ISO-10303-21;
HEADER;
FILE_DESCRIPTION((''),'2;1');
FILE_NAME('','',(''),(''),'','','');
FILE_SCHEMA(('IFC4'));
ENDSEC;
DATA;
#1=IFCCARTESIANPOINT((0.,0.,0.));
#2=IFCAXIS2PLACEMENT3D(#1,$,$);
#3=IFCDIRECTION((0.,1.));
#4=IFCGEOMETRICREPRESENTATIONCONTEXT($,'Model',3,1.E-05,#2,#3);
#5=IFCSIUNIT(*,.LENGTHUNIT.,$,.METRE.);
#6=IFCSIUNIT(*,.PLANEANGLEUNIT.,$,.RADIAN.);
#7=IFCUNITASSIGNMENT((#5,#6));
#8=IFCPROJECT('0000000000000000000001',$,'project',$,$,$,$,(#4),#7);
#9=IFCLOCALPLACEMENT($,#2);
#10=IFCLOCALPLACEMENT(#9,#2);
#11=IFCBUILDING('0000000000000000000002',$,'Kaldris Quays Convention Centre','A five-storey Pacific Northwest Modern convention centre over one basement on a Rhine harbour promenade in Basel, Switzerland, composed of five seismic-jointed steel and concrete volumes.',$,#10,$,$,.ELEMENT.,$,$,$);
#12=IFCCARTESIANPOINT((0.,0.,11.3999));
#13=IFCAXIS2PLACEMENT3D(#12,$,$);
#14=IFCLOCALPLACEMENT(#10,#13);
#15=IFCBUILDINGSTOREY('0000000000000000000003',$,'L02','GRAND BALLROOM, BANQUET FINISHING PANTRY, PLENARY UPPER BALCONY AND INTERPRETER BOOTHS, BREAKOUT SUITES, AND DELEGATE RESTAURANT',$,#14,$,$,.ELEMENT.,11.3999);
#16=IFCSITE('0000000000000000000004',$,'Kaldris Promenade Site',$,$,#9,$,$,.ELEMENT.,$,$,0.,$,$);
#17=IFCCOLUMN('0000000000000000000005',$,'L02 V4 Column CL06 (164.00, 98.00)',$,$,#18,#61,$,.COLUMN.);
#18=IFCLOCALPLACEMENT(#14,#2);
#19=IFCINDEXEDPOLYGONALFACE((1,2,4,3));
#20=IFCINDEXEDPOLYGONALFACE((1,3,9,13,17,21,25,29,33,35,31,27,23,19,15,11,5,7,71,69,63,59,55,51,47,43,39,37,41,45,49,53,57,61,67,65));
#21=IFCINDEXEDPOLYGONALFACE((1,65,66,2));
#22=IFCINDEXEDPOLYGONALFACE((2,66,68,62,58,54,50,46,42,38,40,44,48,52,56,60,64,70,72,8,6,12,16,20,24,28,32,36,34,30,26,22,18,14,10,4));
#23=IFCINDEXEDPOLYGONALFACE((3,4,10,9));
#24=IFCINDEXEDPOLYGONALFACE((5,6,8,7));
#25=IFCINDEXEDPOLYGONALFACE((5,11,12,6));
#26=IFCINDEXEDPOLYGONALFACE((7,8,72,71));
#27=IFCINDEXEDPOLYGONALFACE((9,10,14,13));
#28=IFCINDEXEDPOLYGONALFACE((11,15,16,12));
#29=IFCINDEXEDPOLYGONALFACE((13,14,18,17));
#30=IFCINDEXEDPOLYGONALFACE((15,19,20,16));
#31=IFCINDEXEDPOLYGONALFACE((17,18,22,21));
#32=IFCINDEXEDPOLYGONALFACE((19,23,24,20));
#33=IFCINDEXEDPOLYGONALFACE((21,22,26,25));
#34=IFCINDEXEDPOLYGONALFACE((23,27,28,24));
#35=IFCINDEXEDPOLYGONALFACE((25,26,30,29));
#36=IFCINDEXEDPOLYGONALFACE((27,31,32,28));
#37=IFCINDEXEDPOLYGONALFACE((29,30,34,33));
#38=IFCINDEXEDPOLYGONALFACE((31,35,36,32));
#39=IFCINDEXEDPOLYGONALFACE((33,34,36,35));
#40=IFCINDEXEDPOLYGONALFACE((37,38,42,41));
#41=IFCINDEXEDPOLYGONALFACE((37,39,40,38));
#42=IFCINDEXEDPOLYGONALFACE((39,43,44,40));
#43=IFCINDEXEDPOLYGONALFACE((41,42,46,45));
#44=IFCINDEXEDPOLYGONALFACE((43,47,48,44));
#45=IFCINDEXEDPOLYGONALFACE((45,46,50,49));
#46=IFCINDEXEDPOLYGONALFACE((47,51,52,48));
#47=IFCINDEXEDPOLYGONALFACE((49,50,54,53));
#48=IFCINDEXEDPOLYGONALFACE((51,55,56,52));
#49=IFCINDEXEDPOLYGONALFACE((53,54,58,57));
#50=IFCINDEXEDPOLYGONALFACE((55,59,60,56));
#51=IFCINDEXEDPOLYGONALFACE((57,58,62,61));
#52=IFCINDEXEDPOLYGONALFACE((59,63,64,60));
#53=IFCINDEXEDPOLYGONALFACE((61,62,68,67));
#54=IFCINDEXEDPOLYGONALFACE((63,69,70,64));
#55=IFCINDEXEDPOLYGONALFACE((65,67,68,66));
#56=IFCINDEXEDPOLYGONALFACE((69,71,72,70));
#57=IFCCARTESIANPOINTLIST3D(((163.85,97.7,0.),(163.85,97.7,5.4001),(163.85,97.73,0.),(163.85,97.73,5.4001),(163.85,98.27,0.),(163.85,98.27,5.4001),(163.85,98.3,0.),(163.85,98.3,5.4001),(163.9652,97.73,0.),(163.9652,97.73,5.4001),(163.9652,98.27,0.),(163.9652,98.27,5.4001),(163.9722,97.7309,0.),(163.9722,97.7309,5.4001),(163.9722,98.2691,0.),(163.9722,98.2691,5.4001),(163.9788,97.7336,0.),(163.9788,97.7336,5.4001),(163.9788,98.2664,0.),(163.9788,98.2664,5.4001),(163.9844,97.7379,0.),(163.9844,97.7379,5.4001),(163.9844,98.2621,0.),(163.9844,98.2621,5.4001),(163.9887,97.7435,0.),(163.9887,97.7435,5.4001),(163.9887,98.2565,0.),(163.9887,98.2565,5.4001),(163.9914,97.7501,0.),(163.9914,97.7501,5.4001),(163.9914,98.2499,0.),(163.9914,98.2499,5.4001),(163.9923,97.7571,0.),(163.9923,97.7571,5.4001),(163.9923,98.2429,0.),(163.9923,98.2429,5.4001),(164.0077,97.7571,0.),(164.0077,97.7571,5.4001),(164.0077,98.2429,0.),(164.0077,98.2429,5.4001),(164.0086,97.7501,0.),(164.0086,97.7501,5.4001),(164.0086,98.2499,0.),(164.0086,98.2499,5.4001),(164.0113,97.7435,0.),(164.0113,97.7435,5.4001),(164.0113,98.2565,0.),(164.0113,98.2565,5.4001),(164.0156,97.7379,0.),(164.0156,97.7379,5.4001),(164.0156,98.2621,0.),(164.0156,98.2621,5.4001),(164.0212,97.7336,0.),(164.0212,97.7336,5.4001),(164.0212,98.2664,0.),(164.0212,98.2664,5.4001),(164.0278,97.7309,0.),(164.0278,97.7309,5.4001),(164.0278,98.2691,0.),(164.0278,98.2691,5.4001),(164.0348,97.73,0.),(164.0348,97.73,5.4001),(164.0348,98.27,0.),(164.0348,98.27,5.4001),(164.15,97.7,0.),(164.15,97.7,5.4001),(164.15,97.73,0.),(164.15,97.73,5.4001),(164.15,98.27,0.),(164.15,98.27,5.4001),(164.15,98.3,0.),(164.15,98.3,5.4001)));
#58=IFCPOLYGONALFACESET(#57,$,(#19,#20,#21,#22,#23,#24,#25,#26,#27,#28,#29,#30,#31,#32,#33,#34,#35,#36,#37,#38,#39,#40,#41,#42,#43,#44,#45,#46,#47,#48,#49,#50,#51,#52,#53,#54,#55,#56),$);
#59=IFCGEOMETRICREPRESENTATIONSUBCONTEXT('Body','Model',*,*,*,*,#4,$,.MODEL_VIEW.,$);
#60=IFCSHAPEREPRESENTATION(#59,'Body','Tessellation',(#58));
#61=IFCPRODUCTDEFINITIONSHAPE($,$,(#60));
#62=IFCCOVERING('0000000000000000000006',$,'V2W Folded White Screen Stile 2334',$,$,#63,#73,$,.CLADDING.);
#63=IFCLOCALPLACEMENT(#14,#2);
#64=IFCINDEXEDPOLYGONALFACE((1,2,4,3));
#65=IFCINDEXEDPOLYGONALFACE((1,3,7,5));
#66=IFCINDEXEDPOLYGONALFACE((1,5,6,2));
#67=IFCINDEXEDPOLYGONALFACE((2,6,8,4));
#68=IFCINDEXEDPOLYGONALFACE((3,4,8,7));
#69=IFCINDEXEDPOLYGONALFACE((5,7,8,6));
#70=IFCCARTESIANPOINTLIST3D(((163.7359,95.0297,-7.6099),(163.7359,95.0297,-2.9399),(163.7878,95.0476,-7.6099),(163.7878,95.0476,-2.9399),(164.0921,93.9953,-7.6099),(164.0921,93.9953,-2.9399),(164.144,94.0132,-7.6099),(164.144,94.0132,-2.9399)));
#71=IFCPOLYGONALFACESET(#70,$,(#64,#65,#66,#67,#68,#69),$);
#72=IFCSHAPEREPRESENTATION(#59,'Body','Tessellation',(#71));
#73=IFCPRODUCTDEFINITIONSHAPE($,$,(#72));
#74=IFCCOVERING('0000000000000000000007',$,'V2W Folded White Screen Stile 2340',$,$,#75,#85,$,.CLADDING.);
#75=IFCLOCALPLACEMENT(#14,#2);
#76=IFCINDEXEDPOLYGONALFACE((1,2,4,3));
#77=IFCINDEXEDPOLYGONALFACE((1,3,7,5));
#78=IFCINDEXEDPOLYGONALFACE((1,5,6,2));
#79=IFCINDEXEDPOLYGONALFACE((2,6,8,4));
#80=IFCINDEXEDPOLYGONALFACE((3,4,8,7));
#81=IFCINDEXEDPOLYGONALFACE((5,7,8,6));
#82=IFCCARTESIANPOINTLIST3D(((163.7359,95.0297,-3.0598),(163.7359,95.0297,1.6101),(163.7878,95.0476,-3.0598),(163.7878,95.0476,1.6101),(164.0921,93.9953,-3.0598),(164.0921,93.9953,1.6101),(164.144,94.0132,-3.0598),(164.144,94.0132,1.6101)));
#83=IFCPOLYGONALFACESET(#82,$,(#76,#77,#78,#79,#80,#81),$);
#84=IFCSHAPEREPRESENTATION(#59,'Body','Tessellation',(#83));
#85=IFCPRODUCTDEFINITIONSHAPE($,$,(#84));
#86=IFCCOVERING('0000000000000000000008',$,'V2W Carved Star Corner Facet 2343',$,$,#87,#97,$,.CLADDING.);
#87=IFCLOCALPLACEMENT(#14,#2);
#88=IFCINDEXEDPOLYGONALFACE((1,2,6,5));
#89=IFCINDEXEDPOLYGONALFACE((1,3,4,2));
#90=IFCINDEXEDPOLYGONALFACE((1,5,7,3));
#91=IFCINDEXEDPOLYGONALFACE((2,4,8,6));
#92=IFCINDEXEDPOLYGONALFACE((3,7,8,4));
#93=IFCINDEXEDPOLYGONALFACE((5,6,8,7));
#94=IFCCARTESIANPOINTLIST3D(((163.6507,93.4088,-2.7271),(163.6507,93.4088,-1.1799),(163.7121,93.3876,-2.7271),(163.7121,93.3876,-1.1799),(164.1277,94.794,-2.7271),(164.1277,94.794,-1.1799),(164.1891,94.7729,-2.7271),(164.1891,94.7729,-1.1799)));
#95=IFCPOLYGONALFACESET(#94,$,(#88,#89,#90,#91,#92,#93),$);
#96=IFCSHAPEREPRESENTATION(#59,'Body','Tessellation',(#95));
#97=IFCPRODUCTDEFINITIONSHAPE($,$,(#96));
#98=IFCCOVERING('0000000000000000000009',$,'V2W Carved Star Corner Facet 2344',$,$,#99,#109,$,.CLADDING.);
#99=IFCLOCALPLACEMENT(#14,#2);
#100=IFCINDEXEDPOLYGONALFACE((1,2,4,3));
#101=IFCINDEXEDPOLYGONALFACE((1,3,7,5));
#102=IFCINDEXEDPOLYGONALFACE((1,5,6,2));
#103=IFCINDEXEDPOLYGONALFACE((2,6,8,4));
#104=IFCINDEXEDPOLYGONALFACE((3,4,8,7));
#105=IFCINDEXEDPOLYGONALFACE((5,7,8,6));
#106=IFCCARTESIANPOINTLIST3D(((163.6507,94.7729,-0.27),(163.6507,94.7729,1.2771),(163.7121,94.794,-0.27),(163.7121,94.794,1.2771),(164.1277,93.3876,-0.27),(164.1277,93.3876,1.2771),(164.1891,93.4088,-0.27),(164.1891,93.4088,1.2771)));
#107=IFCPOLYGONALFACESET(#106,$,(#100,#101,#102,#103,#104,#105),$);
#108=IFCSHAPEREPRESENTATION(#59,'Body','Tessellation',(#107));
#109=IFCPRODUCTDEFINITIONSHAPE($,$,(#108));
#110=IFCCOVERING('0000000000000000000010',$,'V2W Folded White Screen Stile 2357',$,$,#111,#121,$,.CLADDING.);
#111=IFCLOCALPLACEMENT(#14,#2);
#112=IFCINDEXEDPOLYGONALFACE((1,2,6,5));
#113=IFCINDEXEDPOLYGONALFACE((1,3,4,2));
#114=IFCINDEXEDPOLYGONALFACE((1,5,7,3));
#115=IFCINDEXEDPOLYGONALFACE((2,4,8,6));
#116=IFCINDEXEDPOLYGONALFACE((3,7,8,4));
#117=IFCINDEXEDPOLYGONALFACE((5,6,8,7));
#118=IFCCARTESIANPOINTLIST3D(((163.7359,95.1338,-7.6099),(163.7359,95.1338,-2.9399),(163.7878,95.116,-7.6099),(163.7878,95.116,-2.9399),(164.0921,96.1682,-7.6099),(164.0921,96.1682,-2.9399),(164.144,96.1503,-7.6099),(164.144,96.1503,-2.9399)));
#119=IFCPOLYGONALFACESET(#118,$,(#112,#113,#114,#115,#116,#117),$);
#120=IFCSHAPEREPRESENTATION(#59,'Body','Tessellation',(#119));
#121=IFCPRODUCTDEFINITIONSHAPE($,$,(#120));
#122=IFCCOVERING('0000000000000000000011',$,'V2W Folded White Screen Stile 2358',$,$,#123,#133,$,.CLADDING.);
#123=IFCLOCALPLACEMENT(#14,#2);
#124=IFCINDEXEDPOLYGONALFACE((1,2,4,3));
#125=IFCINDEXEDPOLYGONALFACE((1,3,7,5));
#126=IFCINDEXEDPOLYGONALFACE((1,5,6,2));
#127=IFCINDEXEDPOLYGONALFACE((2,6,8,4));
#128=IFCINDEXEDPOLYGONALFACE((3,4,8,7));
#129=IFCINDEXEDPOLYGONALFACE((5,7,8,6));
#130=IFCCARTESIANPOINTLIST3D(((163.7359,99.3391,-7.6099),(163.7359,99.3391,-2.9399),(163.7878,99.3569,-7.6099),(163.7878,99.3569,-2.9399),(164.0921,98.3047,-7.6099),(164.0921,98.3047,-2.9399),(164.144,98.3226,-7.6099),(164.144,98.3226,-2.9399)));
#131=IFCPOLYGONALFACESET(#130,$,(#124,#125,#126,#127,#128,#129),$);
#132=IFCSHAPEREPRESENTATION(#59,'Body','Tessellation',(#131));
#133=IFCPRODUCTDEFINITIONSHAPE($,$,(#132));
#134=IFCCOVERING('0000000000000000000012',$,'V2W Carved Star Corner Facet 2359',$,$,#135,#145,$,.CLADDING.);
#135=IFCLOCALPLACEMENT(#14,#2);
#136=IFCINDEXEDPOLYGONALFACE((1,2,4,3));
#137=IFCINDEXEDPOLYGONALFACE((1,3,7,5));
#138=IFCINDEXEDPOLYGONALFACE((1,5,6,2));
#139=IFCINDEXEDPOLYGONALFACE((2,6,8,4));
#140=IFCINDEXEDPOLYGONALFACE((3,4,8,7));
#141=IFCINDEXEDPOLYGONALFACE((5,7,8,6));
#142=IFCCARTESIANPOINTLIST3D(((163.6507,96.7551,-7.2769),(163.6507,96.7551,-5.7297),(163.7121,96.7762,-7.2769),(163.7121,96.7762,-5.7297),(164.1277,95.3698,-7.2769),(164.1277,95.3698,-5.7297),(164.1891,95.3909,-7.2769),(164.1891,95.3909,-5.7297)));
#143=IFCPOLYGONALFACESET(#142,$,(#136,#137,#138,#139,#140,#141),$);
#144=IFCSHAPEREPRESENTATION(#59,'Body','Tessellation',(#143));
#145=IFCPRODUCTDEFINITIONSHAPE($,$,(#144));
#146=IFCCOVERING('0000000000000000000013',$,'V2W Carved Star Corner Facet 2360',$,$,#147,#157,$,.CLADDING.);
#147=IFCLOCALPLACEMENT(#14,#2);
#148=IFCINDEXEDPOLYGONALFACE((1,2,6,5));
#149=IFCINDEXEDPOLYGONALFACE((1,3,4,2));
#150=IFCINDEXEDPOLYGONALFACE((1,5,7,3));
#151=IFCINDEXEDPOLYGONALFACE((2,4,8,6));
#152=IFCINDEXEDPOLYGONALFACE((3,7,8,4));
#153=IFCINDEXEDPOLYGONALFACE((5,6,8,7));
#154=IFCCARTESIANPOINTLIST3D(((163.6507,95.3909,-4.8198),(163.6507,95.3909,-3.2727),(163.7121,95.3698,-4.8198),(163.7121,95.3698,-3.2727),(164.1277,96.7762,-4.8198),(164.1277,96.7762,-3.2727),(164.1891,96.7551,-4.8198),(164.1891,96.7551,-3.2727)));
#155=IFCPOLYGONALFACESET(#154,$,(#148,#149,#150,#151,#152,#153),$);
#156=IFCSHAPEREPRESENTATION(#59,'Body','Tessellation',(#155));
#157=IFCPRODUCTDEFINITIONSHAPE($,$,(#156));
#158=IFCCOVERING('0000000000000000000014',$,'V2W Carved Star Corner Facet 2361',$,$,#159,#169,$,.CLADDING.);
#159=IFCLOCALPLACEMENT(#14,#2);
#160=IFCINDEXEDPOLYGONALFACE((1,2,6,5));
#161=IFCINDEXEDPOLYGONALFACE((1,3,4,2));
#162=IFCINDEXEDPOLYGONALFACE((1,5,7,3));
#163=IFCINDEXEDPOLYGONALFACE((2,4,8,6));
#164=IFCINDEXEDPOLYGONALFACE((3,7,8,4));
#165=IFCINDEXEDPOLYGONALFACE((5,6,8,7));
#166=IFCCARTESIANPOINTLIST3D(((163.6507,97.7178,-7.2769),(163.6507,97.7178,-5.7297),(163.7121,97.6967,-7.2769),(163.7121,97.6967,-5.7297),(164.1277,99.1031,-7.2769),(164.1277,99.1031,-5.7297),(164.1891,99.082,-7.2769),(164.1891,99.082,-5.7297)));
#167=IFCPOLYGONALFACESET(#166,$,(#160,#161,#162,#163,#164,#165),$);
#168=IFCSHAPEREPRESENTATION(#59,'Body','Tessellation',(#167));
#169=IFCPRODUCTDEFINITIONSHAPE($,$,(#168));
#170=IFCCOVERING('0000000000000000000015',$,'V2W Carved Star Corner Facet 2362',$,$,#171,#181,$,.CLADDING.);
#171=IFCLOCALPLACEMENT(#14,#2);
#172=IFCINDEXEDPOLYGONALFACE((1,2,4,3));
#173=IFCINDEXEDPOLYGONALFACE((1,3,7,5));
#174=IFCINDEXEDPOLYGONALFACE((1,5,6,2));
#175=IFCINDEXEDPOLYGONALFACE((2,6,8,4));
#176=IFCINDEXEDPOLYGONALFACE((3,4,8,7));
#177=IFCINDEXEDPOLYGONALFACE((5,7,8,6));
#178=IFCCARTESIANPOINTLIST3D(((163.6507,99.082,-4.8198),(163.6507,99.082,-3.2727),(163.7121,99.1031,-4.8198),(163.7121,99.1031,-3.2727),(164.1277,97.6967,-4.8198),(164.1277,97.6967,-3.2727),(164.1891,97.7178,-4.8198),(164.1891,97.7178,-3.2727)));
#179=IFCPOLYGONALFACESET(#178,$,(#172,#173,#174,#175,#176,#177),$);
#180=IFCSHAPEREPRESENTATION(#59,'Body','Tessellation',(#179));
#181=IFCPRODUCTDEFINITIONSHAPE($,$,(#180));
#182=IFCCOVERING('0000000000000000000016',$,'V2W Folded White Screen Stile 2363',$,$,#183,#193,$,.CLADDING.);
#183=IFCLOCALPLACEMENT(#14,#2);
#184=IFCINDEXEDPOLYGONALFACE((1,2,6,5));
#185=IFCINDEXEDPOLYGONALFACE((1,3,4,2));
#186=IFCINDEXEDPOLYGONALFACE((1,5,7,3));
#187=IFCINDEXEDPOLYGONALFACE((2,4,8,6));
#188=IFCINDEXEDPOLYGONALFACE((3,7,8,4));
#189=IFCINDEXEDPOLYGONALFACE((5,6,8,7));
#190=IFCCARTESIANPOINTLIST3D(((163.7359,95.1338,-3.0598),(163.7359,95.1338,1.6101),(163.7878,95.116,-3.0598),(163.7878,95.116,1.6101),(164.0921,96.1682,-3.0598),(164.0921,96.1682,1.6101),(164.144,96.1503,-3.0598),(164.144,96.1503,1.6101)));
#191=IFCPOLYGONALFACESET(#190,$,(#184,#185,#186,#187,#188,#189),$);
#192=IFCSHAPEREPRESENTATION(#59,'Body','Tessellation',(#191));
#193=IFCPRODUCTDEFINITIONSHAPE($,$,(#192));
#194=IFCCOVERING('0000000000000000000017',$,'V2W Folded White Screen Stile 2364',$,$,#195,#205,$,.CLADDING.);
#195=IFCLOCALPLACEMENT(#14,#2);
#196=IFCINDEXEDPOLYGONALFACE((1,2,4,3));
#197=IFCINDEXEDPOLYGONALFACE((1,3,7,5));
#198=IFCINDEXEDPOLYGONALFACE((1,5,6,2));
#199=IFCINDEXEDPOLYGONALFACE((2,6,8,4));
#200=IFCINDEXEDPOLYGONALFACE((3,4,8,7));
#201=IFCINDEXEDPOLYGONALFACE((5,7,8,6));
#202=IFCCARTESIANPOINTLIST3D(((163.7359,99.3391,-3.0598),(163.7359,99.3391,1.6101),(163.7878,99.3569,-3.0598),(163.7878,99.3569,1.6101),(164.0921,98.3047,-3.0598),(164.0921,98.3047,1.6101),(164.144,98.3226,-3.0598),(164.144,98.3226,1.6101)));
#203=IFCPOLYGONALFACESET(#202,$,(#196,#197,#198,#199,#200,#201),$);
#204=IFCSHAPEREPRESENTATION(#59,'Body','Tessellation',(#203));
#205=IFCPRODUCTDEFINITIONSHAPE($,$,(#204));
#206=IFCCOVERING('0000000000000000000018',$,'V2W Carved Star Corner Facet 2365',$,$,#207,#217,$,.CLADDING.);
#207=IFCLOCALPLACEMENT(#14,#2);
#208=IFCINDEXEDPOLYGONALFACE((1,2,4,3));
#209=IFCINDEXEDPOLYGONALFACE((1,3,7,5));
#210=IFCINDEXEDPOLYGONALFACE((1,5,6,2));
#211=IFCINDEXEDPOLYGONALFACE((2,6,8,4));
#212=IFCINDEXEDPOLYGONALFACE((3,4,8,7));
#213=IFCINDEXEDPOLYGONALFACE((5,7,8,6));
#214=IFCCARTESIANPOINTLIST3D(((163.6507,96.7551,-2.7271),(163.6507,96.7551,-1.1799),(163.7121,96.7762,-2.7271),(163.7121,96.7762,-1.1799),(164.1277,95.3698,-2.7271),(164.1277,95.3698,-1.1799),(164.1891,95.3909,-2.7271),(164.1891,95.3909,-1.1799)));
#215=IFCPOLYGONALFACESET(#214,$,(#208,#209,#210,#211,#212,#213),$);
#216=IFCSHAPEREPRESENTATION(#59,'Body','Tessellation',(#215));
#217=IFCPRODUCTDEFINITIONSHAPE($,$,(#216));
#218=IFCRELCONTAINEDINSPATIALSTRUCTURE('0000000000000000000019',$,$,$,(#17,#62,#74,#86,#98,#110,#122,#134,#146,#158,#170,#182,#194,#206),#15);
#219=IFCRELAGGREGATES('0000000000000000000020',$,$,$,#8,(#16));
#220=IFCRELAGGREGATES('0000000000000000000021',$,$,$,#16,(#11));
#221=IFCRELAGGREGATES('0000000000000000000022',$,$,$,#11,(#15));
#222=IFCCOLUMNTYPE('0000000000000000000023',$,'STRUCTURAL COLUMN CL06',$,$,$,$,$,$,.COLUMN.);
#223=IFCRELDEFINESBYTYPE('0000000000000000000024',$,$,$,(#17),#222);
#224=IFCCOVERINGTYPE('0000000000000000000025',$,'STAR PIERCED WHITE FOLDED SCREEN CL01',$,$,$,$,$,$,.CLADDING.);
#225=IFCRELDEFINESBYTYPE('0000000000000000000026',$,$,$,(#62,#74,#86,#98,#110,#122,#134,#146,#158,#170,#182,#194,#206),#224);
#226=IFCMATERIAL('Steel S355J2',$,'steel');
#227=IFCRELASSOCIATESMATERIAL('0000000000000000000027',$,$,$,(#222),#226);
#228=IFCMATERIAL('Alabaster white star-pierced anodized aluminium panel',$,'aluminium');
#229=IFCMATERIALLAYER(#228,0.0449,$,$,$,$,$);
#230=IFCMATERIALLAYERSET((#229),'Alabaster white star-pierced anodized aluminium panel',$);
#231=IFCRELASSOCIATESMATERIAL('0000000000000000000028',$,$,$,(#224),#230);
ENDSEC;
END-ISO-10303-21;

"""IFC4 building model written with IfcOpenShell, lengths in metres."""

from ifc_helpers import new_model, si_unit, direction, frame, origin, origin_2d, place, context, subcontext, project, spatial, rectangle, i_section, extrude, material, layer, layer_set, material_profile, profile_set, type_object, element, save


model = new_model("IFC4")

# Units and contexts
model_context = context("Model", 3, precision=1e-05, world=origin(), true_north=direction((0.0, 1.0)))
body_context = subcontext(model_context, "Body", "Model", "MODEL_VIEW")
ifc_project = project(units=[si_unit("LENGTHUNIT", "METRE"), si_unit("PLANEANGLEUNIT", "RADIAN")], contexts=[model_context])

# Site, building, storey
site_placement = place(None, origin())
site = spatial("IfcSite", under=ifc_project, at=site_placement, Name="Kaldris Promenade Site", CompositionType="ELEMENT", RefElevation=0.0)
building_placement = place(site_placement, origin())
building = spatial("IfcBuilding", under=site, at=building_placement, Name="Kaldris Quays Convention Centre", Description="A five-storey Pacific Northwest Modern convention centre over one basement on a Rhine harbour promenade in Basel, Switzerland, composed of five seismic-jointed steel and concrete volumes.", CompositionType="ELEMENT")
storey_placement = place(building_placement, frame((0.0, 0.0, 11.3999)))
storey = spatial("IfcBuildingStorey", under=building, at=storey_placement, Name="L02", Description="GRAND BALLROOM, BANQUET FINISHING PANTRY, PLENARY UPPER BALCONY AND INTERPRETER BOOTHS, BREAKOUT SUITES, AND DELEGATE RESTAURANT", CompositionType="ELEMENT", Elevation=11.3999)

# Column
ifc_material_1 = material(Name="Steel S355J2", Category="steel")
ifc_material_profile = material_profile(ifc_material_1, i_section(OverallWidth=0.3, OverallDepth=0.6001, WebThickness=0.0154, FlangeThickness=0.03, FilletRadius=0.0271, at=origin_2d()), Name="HEB 600")
ifc_profile_set = profile_set([ifc_material_profile], Name="Steel S355J2")
column_type = type_object("IfcColumnType", Name="STRUCTURAL COLUMN CL06", PredefinedType="COLUMN", material=ifc_profile_set)
column_placement = place(storey_placement, frame((164.0, 98.0, 0.0), z_axis=(0.0, 0.0, 1.0), x_axis=(1.0, 0.0, 0.0)))
element("IfcColumn", 1, at=column_placement, inside=storey, type_object=column_type, Name="L02 V4 Column CL06 (164.00, 98.00)", PredefinedType="COLUMN", context=body_context, shape_type="SweptSolid", body=[
    extrude(i_section(OverallWidth=0.3, OverallDepth=0.6001, WebThickness=0.0154, FlangeThickness=0.03, FilletRadius=0.0271, at=origin_2d()), origin(), (0.0, 0.0, 1.0), 5.4001),
])

# Coverings
ifc_material_2 = material(Name="Alabaster white star-pierced anodized aluminium panel", Category="aluminium")
ifc_layer = layer(ifc_material_2, 0.0449)
ifc_layer_set = layer_set([ifc_layer], Name="Alabaster white star-pierced anodized aluminium panel")
covering_type = type_object("IfcCoveringType", Name="STAR PIERCED WHITE FOLDED SCREEN CL01", PredefinedType="CLADDING", material=ifc_layer_set)
for number, where, z_axis, x_axis, name in (
    (2, (163.9399, 94.5215, -7.6099), (0.0, 0.0, 1.0), (-0.325568, 0.945519, 0.0), "V2W Folded White Screen Stile 2334"),
    (3, (163.9399, 94.5215, -3.0598), (0.0, 0.0, 1.0), (-0.325568, 0.945519, 0.0), "V2W Folded White Screen Stile 2340"),
):
    element("IfcCovering", number, at=place(storey_placement, frame(where, z_axis=z_axis, x_axis=x_axis)), inside=storey, type_object=covering_type, Name=name, PredefinedType="CLADDING", context=body_context, shape_type="SweptSolid", body=[
        extrude(rectangle(XDim=1.094, YDim=0.0549, at=origin_2d()), origin(), (0.0, 0.0, 1.0), 4.6699),
    ])
for number, where, z_axis, x_axis, name in (
    (4, (163.9199, 94.0908, -2.7271), (0.0, 0.0, 1.0), (0.325568, 0.945519, 0.0), "V2W Carved Star Corner Facet 2343"),
    (5, (163.9199, 94.0908, -0.27), (0.0, 0.0, 1.0), (-0.325568, 0.945519, 0.0), "V2W Carved Star Corner Facet 2344"),
):
    element("IfcCovering", number, at=place(storey_placement, frame(where, z_axis=z_axis, x_axis=x_axis)), inside=storey, type_object=covering_type, Name=name, PredefinedType="CLADDING", context=body_context, shape_type="SweptSolid", body=[
        extrude(rectangle(XDim=1.4651, YDim=0.0649, at=origin_2d()), origin(), (0.0, 0.0, 1.0), 1.5471),
    ])
for number, where, z_axis, x_axis, name in (
    (6, (163.9399, 95.6421, -7.6099), (0.0, 0.0, 1.0), (0.325568, 0.945519, 0.0), "V2W Folded White Screen Stile 2357"),
    (7, (163.9399, 98.8308, -7.6099), (0.0, 0.0, 1.0), (-0.325568, 0.945519, 0.0), "V2W Folded White Screen Stile 2358"),
):
    element("IfcCovering", number, at=place(storey_placement, frame(where, z_axis=z_axis, x_axis=x_axis)), inside=storey, type_object=covering_type, Name=name, PredefinedType="CLADDING", context=body_context, shape_type="SweptSolid", body=[
        extrude(rectangle(XDim=1.094, YDim=0.0549, at=origin_2d()), origin(), (0.0, 0.0, 1.0), 4.6699),
    ])
for number, where, z_axis, x_axis, name in (
    (8, (163.9199, 96.073, -7.2769), (0.0, 0.0, 1.0), (-0.325568, 0.945519, 0.0), "V2W Carved Star Corner Facet 2359"),
    (9, (163.9199, 96.073, -4.8198), (0.0, 0.0, 1.0), (0.325568, 0.945519, 0.0), "V2W Carved Star Corner Facet 2360"),
    (10, (163.9199, 98.3999, -7.2769), (0.0, 0.0, 1.0), (0.325568, 0.945519, 0.0), "V2W Carved Star Corner Facet 2361"),
    (11, (163.9199, 98.3999, -4.8198), (0.0, 0.0, 1.0), (-0.325568, 0.945519, 0.0), "V2W Carved Star Corner Facet 2362"),
):
    element("IfcCovering", number, at=place(storey_placement, frame(where, z_axis=z_axis, x_axis=x_axis)), inside=storey, type_object=covering_type, Name=name, PredefinedType="CLADDING", context=body_context, shape_type="SweptSolid", body=[
        extrude(rectangle(XDim=1.4651, YDim=0.0649, at=origin_2d()), origin(), (0.0, 0.0, 1.0), 1.5471),
    ])
for number, where, z_axis, x_axis, name in (
    (12, (163.9399, 95.6421, -3.0598), (0.0, 0.0, 1.0), (0.325568, 0.945519, 0.0), "V2W Folded White Screen Stile 2363"),
    (13, (163.9399, 98.8308, -3.0598), (0.0, 0.0, 1.0), (-0.325568, 0.945519, 0.0), "V2W Folded White Screen Stile 2364"),
):
    element("IfcCovering", number, at=place(storey_placement, frame(where, z_axis=z_axis, x_axis=x_axis)), inside=storey, type_object=covering_type, Name=name, PredefinedType="CLADDING", context=body_context, shape_type="SweptSolid", body=[
        extrude(rectangle(XDim=1.094, YDim=0.0549, at=origin_2d()), origin(), (0.0, 0.0, 1.0), 4.6699),
    ])
for number, where, z_axis, x_axis, name in (
    (14, (163.9199, 96.073, -2.7271), (0.0, 0.0, 1.0), (-0.325568, 0.945519, 0.0), "V2W Carved Star Corner Facet 2365"),
):
    element("IfcCovering", number, at=place(storey_placement, frame(where, z_axis=z_axis, x_axis=x_axis)), inside=storey, type_object=covering_type, Name=name, PredefinedType="CLADDING", context=body_context, shape_type="SweptSolid", body=[
        extrude(rectangle(XDim=1.4651, YDim=0.0649, at=origin_2d()), origin(), (0.0, 0.0, 1.0), 1.5471),
    ])

save(model, "model.ifc")
